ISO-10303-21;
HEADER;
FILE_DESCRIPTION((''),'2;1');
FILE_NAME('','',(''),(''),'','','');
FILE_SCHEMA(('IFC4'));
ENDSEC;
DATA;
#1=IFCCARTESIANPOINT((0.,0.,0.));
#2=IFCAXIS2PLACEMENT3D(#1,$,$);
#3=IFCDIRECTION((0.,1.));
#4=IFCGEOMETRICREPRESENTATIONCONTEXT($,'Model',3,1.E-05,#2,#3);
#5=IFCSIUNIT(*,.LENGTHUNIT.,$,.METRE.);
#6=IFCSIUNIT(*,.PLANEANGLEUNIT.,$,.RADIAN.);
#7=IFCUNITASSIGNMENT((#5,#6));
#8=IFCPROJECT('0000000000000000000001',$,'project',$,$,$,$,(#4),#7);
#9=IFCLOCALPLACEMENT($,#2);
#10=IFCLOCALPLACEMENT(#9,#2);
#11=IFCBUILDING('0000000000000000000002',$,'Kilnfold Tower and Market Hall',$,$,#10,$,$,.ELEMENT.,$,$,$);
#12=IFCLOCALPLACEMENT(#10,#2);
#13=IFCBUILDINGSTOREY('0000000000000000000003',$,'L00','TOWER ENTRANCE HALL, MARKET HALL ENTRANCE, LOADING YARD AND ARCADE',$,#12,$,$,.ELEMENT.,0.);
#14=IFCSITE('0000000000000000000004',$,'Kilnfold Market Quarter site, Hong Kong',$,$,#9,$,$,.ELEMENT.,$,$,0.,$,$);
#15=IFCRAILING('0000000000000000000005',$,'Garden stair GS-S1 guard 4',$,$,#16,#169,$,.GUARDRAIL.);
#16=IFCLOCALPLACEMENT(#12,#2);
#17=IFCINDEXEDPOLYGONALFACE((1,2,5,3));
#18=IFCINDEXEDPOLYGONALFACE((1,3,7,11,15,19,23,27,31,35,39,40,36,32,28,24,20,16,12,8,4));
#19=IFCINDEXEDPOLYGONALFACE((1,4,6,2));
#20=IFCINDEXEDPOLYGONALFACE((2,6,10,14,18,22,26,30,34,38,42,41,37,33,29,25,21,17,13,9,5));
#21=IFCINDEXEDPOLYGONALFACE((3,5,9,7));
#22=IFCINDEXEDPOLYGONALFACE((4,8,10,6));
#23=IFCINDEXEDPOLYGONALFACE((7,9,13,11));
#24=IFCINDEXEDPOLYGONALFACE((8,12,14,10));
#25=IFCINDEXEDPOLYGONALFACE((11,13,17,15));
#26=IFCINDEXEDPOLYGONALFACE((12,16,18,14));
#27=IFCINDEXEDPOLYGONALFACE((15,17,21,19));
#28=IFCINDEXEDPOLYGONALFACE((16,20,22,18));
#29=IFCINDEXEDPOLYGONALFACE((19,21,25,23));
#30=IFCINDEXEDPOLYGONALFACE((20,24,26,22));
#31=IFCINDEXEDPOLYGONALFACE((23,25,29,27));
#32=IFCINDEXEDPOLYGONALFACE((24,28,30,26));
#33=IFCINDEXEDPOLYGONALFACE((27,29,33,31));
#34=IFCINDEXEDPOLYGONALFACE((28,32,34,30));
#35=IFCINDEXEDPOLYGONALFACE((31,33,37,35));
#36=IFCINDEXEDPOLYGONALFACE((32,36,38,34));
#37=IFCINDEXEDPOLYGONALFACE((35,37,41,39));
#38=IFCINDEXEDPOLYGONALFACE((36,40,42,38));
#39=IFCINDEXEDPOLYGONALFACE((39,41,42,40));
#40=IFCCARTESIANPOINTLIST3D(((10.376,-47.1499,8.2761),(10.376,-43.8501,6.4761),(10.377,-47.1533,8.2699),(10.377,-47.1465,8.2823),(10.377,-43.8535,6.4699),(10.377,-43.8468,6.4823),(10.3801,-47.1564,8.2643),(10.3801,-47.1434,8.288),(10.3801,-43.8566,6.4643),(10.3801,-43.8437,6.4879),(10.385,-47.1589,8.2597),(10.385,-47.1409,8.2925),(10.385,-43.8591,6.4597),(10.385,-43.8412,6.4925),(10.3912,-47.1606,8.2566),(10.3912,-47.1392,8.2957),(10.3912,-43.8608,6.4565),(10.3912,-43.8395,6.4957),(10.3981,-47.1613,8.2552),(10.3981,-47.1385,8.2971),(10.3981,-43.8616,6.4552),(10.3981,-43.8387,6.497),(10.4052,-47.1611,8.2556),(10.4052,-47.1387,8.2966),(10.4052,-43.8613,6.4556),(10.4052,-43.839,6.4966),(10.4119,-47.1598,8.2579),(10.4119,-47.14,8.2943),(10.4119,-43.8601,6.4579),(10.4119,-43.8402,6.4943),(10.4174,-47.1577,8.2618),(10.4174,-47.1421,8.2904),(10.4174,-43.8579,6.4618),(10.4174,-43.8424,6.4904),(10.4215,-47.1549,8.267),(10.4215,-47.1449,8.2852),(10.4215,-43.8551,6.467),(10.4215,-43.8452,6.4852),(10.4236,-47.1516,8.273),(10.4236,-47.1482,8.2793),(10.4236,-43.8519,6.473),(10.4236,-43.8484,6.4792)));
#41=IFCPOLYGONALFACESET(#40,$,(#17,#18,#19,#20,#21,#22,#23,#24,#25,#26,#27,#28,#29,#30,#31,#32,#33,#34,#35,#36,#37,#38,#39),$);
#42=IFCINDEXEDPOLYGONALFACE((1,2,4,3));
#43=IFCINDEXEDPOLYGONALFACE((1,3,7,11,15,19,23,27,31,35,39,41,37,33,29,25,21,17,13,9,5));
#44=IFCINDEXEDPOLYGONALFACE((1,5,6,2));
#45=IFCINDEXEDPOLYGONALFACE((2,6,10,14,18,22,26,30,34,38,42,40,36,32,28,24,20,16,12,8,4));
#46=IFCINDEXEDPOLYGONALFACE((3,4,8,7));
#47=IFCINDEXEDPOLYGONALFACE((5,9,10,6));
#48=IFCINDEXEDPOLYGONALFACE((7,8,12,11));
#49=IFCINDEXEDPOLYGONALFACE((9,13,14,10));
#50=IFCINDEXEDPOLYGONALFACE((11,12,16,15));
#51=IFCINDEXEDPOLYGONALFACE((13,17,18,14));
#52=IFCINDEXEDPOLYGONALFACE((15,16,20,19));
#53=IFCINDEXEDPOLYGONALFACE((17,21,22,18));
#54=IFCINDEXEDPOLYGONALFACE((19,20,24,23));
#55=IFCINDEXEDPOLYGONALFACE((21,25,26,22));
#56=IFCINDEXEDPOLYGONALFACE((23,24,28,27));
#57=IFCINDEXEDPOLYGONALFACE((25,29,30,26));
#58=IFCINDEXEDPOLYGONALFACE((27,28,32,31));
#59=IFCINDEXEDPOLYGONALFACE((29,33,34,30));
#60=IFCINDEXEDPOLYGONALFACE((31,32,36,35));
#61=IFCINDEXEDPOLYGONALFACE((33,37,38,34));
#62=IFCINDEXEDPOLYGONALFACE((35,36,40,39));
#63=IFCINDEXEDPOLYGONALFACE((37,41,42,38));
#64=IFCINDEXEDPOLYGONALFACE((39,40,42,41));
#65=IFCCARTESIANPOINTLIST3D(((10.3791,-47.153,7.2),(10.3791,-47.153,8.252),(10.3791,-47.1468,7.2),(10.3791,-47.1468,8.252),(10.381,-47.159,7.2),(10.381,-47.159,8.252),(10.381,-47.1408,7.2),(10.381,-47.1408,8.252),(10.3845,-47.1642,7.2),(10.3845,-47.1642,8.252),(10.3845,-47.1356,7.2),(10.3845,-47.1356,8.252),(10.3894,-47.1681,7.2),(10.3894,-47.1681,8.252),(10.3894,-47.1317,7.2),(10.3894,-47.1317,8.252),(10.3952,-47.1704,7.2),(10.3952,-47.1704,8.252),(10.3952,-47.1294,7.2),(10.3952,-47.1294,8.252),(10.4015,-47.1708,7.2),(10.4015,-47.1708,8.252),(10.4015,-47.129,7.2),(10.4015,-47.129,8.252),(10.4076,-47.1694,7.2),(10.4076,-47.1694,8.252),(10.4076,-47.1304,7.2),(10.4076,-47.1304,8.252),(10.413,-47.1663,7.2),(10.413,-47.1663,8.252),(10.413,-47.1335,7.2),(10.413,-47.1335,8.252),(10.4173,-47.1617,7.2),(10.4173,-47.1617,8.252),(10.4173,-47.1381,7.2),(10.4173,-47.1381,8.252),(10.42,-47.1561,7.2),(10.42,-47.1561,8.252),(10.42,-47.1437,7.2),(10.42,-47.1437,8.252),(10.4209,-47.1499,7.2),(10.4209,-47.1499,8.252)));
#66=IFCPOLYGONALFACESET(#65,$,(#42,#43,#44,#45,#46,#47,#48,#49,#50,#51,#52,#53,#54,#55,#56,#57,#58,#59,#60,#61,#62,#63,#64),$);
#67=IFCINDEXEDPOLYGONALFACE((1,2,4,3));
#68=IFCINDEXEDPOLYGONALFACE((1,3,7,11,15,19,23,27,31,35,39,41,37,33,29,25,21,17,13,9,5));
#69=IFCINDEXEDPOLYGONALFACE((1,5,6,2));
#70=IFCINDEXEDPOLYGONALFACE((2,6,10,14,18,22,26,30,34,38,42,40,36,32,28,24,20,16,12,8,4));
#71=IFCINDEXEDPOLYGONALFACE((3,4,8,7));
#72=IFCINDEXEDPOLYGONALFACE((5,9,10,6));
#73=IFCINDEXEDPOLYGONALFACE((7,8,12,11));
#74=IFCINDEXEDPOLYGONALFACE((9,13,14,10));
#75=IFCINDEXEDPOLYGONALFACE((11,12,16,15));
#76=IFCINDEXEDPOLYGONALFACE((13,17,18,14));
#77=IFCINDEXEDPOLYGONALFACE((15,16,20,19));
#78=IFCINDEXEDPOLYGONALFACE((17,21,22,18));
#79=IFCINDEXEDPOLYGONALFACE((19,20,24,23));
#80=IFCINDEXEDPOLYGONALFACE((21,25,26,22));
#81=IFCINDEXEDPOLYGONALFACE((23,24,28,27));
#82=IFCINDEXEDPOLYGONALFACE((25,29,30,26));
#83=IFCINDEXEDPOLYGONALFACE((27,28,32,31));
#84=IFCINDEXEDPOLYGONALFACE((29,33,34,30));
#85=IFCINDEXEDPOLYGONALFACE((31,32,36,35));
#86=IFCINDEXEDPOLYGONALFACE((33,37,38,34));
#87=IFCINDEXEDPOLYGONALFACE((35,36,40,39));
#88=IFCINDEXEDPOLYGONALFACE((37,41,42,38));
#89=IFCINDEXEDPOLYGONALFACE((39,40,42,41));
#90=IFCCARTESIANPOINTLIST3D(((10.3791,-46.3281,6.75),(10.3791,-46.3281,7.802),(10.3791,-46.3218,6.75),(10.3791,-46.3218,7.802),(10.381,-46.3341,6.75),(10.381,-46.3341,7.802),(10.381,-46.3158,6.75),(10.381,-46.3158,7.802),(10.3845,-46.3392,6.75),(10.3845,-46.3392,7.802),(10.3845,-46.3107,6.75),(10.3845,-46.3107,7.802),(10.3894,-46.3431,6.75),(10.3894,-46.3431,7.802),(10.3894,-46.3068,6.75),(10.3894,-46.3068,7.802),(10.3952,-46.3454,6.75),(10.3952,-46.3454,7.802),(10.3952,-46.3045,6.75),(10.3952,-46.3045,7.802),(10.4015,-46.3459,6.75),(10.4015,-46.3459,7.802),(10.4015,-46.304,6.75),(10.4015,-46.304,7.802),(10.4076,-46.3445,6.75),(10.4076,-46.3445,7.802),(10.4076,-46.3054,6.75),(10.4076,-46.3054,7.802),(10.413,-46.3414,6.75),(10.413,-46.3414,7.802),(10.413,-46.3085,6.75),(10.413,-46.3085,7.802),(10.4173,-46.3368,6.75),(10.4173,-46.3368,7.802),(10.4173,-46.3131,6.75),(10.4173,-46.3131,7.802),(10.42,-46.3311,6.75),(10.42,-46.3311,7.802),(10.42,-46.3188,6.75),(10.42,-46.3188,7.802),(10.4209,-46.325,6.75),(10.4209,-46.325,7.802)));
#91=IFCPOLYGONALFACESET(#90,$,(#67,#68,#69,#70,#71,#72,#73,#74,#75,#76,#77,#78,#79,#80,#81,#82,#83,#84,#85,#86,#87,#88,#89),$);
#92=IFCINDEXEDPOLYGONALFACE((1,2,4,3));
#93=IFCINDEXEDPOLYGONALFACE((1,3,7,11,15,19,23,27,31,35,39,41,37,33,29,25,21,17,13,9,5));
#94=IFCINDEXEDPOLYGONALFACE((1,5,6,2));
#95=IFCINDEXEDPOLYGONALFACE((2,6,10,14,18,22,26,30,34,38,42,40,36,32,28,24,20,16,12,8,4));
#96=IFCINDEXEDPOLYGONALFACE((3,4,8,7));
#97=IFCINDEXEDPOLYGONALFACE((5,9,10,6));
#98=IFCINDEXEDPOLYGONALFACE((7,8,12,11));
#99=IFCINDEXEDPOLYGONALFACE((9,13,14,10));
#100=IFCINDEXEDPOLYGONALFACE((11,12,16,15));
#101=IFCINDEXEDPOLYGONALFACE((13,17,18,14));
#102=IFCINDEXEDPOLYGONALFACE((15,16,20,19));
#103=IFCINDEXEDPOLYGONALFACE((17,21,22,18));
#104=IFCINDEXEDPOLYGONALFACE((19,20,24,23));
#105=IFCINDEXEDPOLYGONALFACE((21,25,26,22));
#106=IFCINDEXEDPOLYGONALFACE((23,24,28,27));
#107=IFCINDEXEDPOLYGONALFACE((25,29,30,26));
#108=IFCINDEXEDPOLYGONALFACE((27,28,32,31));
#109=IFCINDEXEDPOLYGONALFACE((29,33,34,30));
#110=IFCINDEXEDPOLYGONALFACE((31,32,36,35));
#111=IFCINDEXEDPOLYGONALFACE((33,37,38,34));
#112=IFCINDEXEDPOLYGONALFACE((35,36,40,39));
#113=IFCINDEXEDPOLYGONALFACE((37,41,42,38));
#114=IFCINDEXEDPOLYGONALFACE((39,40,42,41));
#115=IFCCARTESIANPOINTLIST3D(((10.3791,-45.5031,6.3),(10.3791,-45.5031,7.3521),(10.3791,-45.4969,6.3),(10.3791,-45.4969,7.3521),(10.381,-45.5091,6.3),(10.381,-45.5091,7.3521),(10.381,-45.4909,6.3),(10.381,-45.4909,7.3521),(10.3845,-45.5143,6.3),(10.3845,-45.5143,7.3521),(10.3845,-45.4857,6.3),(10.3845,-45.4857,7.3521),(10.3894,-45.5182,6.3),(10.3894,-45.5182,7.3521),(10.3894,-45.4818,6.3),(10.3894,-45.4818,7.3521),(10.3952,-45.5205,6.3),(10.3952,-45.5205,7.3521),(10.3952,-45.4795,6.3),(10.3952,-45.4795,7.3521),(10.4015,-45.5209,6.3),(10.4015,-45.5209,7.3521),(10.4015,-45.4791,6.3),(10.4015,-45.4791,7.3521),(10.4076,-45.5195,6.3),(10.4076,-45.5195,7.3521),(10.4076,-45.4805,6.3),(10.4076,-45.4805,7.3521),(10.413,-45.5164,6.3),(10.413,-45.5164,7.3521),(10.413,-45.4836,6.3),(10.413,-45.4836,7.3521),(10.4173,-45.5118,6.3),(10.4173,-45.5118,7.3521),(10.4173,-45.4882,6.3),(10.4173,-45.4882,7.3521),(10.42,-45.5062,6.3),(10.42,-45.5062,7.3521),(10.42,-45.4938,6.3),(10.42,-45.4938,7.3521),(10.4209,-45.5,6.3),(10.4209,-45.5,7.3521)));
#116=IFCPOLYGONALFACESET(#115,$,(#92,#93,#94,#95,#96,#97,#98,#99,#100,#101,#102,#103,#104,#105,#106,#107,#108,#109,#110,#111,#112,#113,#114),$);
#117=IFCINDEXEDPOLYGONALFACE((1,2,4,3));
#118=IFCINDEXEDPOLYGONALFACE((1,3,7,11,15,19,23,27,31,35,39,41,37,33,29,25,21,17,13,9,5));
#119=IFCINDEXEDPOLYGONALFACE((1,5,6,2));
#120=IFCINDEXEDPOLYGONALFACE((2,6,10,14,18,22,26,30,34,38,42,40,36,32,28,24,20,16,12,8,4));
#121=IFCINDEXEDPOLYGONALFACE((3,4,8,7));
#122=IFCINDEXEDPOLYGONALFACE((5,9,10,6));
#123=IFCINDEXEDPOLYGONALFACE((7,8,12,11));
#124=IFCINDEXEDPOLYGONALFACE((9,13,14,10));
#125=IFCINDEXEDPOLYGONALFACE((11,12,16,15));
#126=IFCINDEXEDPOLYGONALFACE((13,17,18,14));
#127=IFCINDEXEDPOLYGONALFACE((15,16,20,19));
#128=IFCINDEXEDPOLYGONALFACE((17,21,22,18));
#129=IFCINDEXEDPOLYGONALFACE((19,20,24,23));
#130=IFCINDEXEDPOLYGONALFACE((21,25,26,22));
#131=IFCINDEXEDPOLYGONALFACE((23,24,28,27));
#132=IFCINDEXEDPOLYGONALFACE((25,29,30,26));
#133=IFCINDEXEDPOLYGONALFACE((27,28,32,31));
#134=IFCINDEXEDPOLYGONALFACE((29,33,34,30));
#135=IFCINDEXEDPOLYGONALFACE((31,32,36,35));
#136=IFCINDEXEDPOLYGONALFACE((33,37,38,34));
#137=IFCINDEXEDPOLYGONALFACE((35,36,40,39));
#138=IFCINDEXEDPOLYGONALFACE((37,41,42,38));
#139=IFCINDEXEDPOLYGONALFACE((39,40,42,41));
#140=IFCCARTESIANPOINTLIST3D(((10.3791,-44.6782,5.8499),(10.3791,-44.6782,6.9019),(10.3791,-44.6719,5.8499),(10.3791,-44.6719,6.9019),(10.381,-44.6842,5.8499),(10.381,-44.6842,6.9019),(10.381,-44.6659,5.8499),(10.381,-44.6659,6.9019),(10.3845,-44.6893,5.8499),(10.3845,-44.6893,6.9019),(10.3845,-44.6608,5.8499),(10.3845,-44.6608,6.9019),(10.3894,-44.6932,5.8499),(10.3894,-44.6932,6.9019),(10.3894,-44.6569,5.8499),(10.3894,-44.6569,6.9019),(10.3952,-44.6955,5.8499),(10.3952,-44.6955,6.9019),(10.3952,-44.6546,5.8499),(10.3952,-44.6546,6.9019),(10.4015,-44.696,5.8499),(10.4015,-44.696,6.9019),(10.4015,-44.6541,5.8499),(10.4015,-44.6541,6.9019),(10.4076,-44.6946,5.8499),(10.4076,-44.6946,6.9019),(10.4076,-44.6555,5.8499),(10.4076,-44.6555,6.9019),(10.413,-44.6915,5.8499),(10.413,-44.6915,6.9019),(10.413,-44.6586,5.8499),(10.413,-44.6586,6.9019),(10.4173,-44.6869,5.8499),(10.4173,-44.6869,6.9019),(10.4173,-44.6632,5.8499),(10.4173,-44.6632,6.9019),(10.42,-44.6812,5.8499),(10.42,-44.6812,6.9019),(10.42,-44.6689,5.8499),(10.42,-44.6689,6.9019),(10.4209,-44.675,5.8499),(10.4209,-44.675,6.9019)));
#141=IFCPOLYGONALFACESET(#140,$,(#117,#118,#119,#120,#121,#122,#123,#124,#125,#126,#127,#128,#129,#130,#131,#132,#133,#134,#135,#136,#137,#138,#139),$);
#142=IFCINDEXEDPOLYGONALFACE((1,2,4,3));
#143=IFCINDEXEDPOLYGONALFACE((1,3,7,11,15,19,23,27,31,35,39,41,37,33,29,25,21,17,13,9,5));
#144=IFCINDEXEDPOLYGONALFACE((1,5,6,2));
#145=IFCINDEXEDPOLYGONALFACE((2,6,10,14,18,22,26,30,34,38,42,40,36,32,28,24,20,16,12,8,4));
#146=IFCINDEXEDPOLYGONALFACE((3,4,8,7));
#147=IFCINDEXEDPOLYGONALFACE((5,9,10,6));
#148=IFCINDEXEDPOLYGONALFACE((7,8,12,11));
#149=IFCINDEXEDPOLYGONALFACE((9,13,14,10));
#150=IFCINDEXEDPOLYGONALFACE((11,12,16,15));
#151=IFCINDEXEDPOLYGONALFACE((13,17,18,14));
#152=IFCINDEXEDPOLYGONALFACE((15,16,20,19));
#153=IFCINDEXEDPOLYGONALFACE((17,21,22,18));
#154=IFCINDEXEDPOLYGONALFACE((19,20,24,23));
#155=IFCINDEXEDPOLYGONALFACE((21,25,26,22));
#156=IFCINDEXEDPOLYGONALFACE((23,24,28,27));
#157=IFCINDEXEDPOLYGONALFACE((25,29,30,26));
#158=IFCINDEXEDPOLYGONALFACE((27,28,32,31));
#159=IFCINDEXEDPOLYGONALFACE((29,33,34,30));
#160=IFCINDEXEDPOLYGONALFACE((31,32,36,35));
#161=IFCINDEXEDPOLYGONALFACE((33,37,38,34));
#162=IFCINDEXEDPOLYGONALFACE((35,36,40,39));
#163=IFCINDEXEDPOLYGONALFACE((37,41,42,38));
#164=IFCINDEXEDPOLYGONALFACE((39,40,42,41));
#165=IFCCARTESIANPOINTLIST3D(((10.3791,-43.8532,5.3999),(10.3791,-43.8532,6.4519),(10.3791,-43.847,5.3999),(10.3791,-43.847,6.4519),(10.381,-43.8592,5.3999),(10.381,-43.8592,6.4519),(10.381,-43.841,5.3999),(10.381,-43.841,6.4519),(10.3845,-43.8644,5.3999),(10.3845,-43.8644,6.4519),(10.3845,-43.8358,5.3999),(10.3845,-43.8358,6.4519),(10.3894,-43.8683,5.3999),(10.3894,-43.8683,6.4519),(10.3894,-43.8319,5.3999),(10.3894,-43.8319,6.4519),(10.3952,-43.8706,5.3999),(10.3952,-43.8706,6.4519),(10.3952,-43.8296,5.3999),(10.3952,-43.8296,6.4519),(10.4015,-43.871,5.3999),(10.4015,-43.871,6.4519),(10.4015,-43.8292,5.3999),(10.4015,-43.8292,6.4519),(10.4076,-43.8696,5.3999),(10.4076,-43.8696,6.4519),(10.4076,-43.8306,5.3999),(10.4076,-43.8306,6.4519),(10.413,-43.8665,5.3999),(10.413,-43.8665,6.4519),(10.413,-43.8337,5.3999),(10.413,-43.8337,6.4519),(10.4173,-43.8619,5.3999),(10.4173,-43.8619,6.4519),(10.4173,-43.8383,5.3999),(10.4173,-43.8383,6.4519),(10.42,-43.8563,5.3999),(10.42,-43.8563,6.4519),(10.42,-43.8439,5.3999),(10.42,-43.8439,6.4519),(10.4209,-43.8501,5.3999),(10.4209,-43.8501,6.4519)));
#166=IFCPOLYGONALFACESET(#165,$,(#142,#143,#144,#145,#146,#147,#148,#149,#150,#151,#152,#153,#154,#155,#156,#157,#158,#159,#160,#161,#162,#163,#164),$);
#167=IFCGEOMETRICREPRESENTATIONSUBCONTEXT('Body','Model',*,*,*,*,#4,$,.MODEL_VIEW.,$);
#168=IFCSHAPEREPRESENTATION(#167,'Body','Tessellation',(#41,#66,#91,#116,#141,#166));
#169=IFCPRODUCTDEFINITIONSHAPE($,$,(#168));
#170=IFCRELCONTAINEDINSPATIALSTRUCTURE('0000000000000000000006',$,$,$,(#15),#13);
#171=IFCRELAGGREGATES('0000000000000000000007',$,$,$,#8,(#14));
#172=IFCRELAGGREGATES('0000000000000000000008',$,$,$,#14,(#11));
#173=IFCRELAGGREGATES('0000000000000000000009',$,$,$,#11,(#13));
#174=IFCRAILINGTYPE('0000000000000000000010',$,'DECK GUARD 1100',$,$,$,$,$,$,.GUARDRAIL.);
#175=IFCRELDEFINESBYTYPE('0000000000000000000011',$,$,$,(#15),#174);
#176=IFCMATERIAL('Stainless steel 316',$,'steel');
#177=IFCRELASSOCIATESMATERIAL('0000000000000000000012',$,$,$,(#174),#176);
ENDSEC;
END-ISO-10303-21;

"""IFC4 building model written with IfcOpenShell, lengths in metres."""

from ifc_helpers import new_model, si_unit, direction, frame, origin, origin_2d, place, context, subcontext, project, spatial, circle, extrude, material, type_object, element, save


model = new_model("IFC4")

# Units and contexts
model_context = context("Model", 3, precision=1e-05, world=origin(), true_north=direction((0.0, 1.0)))
body_context = subcontext(model_context, "Body", "Model", "MODEL_VIEW")
ifc_project = project(units=[si_unit("LENGTHUNIT", "METRE"), si_unit("PLANEANGLEUNIT", "RADIAN")], contexts=[model_context])

# Site, building, storey
site_placement = place(None, origin())
site = spatial("IfcSite", under=ifc_project, at=site_placement, Name="Kilnfold Market Quarter site, Hong Kong", CompositionType="ELEMENT", RefElevation=0.0)
building_placement = place(site_placement, origin())
building = spatial("IfcBuilding", under=site, at=building_placement, Name="Kilnfold Tower and Market Hall", CompositionType="ELEMENT")
storey_placement = place(building_placement, origin())
storey = spatial("IfcBuildingStorey", under=building, at=storey_placement, Name="L00", Description="TOWER ENTRANCE HALL, MARKET HALL ENTRANCE, LOADING YARD AND ARCADE", CompositionType="ELEMENT", Elevation=0.0)

# Railing
ifc_material_1 = material(Name="Stainless steel 316", Category="steel")
railing_type_1 = type_object("IfcRailingType", Name="DECK GUARD 1100", PredefinedType="GUARDRAIL", material=ifc_material_1)
railing_1_placement = place(storey_placement, frame((10.3999, -47.1499, 7.2)))
element("IfcRailing", 1, at=railing_1_placement, inside=storey, type_object=railing_type_1, Name="Garden stair GS-S1 guard 4", PredefinedType="GUARDRAIL", context=body_context, shape_type="SweptSolid", body=[
    extrude(circle(Radius=0.0239, at=origin_2d()), frame((0.0, 0.0, 1.0762), z_axis=(0.0, 0.877878, -0.478884), x_axis=(-1.0, 0.0, 0.0)), (0.0, 0.0, 1.0), 3.7588),
    extrude(circle(Radius=0.021, at=origin_2d()), origin(), (0.0, 0.0, 1.0), 1.052),
    extrude(circle(Radius=0.021, at=origin_2d()), frame((0.0, 0.825, -0.45)), (0.0, 0.0, 1.0), 1.052),
    extrude(circle(Radius=0.021, at=origin_2d()), frame((0.0, 1.6499, -0.8999)), (0.0, 0.0, 1.0), 1.052),
    extrude(circle(Radius=0.021, at=origin_2d()), frame((0.0, 2.4749, -1.3501)), (0.0, 0.0, 1.0), 1.052),
    extrude(circle(Radius=0.021, at=origin_2d()), frame((0.0, 3.2998, -1.8)), (0.0, 0.0, 1.0), 1.052),
])

save(model, "model.ifc")
